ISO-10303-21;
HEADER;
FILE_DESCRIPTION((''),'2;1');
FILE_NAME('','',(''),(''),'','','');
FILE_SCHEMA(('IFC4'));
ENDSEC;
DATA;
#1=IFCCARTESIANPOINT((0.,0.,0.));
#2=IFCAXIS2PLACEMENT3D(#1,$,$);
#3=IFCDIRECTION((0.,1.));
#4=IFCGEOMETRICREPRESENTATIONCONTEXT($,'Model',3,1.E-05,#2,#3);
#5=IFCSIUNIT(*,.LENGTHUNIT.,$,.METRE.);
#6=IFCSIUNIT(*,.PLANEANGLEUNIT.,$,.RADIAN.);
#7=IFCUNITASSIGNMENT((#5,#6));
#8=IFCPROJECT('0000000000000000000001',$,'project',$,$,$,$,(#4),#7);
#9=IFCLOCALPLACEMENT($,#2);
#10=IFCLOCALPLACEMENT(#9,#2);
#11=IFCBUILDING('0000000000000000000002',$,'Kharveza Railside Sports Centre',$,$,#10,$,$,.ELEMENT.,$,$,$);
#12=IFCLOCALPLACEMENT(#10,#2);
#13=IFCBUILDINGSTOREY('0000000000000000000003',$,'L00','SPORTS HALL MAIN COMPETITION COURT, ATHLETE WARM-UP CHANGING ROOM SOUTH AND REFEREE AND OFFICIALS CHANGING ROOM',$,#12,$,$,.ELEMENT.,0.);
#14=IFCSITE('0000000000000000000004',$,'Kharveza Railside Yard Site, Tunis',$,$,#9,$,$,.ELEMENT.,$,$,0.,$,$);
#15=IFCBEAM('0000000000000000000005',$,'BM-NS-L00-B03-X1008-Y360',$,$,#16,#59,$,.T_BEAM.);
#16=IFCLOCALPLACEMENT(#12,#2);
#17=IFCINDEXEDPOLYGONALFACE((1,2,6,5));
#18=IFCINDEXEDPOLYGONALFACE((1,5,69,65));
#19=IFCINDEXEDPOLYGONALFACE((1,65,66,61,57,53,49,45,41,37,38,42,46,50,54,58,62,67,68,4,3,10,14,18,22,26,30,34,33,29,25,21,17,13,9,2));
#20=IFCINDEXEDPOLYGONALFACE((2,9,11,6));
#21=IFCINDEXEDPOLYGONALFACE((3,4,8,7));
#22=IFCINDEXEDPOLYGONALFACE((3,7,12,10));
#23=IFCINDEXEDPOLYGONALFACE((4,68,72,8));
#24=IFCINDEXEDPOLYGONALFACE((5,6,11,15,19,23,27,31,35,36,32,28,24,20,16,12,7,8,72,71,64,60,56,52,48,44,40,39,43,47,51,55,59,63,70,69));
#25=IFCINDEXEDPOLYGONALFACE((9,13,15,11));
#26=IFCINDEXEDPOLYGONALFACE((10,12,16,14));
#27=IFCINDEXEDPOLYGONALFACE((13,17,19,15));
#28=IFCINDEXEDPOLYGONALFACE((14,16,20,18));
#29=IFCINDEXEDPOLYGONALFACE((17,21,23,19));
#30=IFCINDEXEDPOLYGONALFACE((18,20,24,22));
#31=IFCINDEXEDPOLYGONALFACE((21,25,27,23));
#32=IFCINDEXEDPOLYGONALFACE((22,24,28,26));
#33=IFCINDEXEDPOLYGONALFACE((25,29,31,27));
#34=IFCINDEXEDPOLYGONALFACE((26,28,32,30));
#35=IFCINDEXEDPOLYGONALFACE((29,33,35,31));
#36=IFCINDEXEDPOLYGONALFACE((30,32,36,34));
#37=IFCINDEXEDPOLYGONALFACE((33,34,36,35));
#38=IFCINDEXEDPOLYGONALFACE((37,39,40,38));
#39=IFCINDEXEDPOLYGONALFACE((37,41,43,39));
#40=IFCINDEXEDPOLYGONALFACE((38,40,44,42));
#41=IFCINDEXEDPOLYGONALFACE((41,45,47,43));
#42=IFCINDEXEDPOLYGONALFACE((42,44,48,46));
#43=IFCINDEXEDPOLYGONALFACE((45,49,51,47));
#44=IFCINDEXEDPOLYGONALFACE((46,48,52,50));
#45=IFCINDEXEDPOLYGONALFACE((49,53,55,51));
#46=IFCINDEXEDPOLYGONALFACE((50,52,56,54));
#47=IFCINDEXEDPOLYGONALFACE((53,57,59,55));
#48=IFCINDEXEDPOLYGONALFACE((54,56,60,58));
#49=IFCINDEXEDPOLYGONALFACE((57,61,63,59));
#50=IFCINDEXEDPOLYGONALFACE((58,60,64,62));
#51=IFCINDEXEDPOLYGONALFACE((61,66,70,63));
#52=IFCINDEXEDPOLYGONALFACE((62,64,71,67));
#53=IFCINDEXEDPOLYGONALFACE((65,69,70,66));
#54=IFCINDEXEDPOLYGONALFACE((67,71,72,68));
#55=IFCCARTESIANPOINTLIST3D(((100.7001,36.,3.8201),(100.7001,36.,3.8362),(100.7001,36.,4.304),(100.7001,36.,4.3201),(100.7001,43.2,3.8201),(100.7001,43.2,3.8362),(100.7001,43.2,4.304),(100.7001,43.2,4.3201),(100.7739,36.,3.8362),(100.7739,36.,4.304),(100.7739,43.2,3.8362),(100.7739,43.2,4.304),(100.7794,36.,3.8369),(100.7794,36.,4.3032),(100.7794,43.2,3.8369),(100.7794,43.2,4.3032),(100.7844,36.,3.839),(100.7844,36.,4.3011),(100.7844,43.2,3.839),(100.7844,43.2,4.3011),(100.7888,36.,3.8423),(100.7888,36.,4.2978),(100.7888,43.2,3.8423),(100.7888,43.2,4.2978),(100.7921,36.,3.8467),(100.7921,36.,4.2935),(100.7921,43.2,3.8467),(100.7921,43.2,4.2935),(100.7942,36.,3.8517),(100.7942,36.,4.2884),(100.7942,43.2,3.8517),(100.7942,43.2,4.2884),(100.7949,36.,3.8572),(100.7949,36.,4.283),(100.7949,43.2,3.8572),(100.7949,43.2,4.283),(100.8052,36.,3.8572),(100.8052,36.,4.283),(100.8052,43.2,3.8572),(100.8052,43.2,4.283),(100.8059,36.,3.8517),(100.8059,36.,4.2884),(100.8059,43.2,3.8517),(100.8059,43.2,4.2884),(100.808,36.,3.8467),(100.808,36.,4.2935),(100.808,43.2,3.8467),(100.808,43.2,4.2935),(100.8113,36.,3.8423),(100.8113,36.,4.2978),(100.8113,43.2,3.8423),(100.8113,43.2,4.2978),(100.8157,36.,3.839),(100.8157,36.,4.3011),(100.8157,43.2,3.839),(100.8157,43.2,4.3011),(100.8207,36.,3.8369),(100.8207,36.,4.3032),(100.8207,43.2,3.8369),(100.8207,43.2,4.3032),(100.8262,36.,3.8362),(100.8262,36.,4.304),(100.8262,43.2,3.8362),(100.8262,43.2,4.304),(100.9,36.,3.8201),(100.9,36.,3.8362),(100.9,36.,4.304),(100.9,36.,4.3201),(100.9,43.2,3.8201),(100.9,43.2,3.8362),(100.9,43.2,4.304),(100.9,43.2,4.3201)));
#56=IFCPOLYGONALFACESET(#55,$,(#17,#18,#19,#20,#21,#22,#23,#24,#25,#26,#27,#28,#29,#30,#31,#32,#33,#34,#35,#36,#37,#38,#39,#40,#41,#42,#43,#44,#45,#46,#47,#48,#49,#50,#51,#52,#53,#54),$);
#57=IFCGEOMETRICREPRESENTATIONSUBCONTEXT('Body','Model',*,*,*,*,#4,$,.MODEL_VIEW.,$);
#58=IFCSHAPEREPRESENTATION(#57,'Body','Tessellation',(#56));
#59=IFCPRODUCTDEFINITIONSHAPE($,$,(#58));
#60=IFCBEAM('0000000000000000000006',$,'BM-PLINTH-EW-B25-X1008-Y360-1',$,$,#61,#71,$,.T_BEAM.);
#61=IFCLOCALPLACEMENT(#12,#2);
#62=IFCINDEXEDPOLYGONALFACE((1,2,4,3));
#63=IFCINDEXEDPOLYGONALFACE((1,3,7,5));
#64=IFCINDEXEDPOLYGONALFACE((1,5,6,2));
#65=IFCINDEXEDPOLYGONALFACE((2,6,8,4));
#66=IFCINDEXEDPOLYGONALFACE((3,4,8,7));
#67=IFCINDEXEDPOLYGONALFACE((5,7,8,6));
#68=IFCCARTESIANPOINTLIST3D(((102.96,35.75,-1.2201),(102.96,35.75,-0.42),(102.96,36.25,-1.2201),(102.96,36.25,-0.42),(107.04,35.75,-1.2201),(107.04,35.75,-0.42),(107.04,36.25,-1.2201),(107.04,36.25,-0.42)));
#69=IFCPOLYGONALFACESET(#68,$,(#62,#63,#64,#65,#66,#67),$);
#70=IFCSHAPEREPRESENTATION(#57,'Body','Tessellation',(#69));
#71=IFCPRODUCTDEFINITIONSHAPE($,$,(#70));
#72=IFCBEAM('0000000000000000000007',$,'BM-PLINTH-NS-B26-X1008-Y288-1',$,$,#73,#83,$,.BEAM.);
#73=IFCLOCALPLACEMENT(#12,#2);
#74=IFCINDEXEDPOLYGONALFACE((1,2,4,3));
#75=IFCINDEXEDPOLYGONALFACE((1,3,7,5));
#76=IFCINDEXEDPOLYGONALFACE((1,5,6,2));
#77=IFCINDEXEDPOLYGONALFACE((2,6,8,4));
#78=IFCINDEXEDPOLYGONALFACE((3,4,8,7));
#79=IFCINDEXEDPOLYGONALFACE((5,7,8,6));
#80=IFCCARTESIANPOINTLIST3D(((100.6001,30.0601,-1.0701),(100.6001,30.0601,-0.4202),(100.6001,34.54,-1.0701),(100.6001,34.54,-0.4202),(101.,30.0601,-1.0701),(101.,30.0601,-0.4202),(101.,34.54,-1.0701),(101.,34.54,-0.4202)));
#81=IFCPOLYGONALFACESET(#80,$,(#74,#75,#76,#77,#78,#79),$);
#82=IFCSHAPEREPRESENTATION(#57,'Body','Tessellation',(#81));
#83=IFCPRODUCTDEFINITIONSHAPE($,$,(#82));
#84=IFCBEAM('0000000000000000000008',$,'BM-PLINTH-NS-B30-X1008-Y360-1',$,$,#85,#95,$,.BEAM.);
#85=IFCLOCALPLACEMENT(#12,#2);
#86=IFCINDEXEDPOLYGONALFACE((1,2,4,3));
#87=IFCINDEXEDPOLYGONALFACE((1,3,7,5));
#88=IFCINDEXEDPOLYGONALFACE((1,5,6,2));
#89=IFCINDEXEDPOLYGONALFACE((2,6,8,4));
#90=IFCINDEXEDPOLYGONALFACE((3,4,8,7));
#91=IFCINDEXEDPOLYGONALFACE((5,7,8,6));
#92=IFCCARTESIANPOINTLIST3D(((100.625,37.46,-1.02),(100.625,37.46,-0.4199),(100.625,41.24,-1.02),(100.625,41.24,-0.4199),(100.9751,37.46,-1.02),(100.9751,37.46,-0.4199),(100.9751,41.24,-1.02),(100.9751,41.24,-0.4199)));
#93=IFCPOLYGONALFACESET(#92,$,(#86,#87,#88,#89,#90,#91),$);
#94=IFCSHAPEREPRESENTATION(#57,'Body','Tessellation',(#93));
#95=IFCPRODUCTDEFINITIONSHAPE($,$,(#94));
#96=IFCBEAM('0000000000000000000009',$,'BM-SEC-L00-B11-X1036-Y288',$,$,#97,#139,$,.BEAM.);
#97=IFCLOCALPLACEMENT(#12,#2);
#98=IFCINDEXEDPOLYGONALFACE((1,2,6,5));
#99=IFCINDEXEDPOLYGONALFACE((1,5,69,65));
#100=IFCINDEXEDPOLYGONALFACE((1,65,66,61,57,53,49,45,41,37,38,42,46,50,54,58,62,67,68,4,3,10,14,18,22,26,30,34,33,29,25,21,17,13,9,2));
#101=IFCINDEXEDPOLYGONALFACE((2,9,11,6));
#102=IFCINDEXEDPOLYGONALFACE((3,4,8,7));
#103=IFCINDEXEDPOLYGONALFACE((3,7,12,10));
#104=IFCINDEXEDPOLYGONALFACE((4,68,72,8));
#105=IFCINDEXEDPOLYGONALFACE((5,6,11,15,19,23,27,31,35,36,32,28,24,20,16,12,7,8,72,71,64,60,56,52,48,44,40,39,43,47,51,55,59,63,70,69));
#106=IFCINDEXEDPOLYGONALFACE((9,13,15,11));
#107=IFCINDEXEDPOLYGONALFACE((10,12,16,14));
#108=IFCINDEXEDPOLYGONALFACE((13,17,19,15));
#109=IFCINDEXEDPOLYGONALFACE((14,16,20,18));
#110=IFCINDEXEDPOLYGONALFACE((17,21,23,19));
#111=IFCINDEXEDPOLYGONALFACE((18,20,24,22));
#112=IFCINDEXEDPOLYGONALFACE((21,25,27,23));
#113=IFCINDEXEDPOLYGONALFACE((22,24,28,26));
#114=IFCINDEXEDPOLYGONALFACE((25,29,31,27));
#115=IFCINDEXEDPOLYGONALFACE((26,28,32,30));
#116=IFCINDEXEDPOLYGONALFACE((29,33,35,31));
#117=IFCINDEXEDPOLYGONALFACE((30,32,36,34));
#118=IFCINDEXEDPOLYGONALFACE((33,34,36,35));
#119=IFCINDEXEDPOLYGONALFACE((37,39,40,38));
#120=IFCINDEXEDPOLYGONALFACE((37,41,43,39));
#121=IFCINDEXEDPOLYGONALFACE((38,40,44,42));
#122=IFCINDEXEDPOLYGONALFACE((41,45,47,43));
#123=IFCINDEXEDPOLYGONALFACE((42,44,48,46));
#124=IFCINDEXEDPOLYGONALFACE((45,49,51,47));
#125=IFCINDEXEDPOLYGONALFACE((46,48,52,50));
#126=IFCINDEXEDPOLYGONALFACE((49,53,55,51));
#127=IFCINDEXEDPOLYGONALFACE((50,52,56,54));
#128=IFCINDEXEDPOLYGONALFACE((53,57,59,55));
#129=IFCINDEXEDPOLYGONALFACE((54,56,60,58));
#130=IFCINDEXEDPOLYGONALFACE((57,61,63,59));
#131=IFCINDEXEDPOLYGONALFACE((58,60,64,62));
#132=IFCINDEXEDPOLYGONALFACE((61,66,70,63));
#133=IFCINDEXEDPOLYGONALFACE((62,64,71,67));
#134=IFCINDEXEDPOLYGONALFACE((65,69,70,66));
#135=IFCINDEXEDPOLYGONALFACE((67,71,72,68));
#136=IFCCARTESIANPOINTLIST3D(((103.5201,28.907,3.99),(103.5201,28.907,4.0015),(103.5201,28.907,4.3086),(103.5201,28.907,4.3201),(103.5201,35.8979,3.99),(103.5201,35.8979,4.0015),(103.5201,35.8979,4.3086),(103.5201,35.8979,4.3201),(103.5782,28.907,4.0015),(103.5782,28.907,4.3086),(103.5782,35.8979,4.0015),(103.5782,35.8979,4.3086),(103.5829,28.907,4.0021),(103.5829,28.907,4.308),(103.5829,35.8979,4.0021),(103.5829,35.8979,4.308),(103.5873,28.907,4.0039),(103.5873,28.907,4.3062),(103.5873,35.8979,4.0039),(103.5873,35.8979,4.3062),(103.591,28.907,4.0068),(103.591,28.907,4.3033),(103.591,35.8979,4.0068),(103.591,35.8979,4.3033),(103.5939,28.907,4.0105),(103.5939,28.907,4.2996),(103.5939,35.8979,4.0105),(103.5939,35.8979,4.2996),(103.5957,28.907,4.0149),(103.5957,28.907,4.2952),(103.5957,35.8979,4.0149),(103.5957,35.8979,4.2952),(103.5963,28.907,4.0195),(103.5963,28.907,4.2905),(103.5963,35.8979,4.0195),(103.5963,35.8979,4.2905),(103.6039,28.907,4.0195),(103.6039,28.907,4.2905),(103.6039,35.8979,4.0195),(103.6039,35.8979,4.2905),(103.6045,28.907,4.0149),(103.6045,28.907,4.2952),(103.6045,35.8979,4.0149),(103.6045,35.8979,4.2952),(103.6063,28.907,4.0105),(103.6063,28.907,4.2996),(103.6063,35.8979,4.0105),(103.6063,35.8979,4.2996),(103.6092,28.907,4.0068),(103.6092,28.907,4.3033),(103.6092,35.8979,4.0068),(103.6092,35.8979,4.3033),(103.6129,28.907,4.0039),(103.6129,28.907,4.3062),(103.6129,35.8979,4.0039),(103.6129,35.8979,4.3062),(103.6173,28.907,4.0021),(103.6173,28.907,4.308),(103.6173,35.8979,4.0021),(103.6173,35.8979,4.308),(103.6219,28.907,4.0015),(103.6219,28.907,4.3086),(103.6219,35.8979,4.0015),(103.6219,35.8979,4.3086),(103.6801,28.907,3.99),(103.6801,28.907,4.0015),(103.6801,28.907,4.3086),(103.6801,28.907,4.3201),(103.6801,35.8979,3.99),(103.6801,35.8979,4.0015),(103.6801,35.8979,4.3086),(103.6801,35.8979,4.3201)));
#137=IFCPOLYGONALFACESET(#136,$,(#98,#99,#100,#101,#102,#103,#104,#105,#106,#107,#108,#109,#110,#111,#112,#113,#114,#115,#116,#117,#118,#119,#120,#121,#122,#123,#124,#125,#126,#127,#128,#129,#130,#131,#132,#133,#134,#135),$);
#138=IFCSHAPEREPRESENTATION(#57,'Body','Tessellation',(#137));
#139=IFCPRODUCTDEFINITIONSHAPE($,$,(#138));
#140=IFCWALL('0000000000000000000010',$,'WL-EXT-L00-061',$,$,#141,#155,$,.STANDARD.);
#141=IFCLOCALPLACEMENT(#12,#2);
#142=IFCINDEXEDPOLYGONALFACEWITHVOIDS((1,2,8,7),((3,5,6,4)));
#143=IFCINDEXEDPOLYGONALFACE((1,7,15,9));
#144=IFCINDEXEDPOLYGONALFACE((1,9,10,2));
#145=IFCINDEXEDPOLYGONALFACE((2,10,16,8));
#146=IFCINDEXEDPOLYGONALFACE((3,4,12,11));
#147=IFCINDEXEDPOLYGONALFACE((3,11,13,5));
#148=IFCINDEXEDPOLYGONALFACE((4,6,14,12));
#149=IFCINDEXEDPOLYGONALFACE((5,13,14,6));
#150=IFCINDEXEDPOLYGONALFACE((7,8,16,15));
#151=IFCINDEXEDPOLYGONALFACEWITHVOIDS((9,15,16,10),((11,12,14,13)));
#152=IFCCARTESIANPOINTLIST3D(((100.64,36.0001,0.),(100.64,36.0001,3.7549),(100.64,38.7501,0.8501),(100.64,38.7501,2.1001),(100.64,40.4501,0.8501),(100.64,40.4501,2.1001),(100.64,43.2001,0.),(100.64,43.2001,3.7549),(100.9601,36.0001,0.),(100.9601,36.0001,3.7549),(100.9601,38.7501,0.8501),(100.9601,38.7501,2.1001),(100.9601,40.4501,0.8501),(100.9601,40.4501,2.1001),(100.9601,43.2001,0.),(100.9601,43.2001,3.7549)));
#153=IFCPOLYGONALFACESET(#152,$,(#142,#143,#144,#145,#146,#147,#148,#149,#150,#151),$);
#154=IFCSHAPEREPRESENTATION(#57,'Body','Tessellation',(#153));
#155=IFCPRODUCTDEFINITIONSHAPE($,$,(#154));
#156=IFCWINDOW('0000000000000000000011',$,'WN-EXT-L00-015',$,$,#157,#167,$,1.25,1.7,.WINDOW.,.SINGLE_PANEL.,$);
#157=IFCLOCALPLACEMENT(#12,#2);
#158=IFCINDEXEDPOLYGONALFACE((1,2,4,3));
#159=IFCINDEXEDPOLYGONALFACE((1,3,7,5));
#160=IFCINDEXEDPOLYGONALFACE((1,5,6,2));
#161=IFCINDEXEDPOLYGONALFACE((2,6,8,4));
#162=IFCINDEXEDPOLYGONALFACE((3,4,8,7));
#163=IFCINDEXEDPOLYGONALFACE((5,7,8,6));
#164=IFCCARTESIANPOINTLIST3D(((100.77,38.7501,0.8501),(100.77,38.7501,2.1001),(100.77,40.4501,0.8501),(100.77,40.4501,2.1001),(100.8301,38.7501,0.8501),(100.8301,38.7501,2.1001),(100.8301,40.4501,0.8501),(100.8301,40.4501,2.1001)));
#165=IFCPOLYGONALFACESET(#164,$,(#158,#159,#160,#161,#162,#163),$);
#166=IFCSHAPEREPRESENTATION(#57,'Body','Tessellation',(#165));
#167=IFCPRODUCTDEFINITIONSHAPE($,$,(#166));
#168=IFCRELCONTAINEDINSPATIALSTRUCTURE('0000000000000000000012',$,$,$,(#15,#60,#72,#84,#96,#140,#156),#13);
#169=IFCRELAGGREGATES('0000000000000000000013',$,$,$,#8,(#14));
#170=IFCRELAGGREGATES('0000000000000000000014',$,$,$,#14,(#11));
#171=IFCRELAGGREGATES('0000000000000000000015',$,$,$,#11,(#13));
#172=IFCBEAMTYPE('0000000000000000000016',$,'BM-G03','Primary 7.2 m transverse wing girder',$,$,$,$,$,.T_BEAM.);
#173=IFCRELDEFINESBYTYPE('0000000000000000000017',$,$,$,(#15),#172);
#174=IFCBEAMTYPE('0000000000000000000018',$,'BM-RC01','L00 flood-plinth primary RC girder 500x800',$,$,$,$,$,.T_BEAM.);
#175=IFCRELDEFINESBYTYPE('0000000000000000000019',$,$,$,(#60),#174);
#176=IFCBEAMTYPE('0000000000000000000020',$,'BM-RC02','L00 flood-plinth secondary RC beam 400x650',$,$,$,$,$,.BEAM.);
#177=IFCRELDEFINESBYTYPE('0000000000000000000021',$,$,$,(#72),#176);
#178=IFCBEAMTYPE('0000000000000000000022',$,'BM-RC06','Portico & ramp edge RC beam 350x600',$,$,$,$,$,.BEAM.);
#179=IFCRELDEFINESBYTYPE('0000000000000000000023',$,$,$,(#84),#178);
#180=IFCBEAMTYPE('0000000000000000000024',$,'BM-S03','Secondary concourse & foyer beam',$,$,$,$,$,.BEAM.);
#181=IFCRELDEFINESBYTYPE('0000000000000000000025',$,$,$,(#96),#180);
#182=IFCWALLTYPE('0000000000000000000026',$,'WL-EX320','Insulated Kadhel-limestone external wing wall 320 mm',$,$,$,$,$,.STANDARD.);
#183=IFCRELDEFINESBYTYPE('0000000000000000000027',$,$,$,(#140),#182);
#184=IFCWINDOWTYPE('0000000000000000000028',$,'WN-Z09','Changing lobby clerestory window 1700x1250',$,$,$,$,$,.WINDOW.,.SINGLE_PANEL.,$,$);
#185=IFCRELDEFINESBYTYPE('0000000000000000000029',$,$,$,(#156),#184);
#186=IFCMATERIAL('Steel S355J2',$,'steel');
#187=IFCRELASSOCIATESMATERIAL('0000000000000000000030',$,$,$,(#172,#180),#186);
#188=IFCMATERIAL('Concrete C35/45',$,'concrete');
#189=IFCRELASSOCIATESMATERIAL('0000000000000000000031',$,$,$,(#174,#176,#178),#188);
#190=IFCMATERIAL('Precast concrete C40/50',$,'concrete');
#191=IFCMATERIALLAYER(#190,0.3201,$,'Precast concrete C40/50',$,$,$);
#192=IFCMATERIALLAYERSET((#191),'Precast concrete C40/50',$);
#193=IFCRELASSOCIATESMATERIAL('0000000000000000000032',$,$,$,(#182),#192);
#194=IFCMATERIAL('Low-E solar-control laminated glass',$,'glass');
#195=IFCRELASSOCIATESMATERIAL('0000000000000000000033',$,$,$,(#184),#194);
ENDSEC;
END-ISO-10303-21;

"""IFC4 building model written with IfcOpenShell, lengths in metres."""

from ifc_helpers import new_model, si_unit, direction, frame, frame_2d, origin, origin_2d, place, context, subcontext, project, spatial, rectangle, i_section, extrude, material, layer, layer_set, material_profile, profile_set, type_object, element, fill, save


model = new_model("IFC4")

# Units and contexts
model_context = context("Model", 3, precision=1e-05, world=origin(), true_north=direction((0.0, 1.0)))
body_context = subcontext(model_context, "Body", "Model", "MODEL_VIEW")
ifc_project = project(units=[si_unit("LENGTHUNIT", "METRE"), si_unit("PLANEANGLEUNIT", "RADIAN")], contexts=[model_context])

# Site, building, storey
site_placement = place(None, origin())
site = spatial("IfcSite", under=ifc_project, at=site_placement, Name="Kharveza Railside Yard Site, Tunis", CompositionType="ELEMENT", RefElevation=0.0)
building_placement = place(site_placement, origin())
building = spatial("IfcBuilding", under=site, at=building_placement, Name="Kharveza Railside Sports Centre", CompositionType="ELEMENT")
storey_placement = place(building_placement, origin())
storey = spatial("IfcBuildingStorey", under=building, at=storey_placement, Name="L00", Description="SPORTS HALL MAIN COMPETITION COURT, ATHLETE WARM-UP CHANGING ROOM SOUTH AND REFEREE AND OFFICIALS CHANGING ROOM", CompositionType="ELEMENT", Elevation=0.0)

# Shared definitions
ifc_material_1 = material(Name="Concrete C35/45", Category="concrete")

# Shared definitions
ifc_material_2 = material(Name="Steel S355J2", Category="steel")

# Beams
ifc_material_profile_1 = material_profile(ifc_material_2, i_section(OverallWidth=0.2, OverallDepth=0.5, WebThickness=0.0103, FlangeThickness=0.0161, FilletRadius=0.021, at=origin_2d()), Name="IPE 500")
ifc_profile_set_1 = profile_set([ifc_material_profile_1], Name="Steel S355J2")
beam_type_1 = type_object("IfcBeamType", Name="BM-G03", Description="Primary 7.2 m transverse wing girder", PredefinedType="T_BEAM", material=ifc_profile_set_1)
beam_1_placement = place(storey_placement, frame((100.8, 36.0, 4.0701), z_axis=(0.0, 1.0, 0.0), x_axis=(-1.0, 0.0, 0.0)))
element("IfcBeam", 1, at=beam_1_placement, inside=storey, type_object=beam_type_1, Name="BM-NS-L00-B03-X1008-Y360", PredefinedType="T_BEAM", context=body_context, shape_type="SweptSolid", body=[
    extrude(i_section(OverallWidth=0.2, OverallDepth=0.5, WebThickness=0.0103, FlangeThickness=0.0161, FilletRadius=0.021, at=origin_2d()), origin(), (0.0, 0.0, 1.0), 7.2),
])
ifc_material_profile_2 = material_profile(ifc_material_1, rectangle(XDim=0.5, YDim=0.8, at=origin_2d()), Name="RCB 500x800")
ifc_profile_set_2 = profile_set([ifc_material_profile_2], Name="Concrete C35/45")
beam_type_2 = type_object("IfcBeamType", Name="BM-RC01", Description="L00 flood-plinth primary RC girder 500x800", PredefinedType="T_BEAM", material=ifc_profile_set_2)
beam_2_placement = place(storey_placement, frame((102.96, 36.0, -0.8201), z_axis=(1.0, 0.0, 0.0), x_axis=(0.0, 1.0, 0.0)))
element("IfcBeam", 2, at=beam_2_placement, inside=storey, type_object=beam_type_2, Name="BM-PLINTH-EW-B25-X1008-Y360-1", PredefinedType="T_BEAM", context=body_context, shape_type="SweptSolid", body=[
    extrude(rectangle(XDim=0.5, YDim=0.8, at=origin_2d()), origin(), (0.0, 0.0, 1.0), 4.0801),
])
ifc_material_profile_3 = material_profile(ifc_material_1, rectangle(XDim=0.3999, YDim=0.6499, at=origin_2d()), Name="RCB 400x650")
ifc_profile_set_3 = profile_set([ifc_material_profile_3], Name="Concrete C35/45")
beam_type_3 = type_object("IfcBeamType", Name="BM-RC02", Description="L00 flood-plinth secondary RC beam 400x650", PredefinedType="BEAM", material=ifc_profile_set_3)
beam_3_placement = place(storey_placement, frame((100.8, 30.0601, -0.7451), z_axis=(0.0, 1.0, 0.0), x_axis=(-1.0, 0.0, 0.0)))
element("IfcBeam", 3, at=beam_3_placement, inside=storey, type_object=beam_type_3, Name="BM-PLINTH-NS-B26-X1008-Y288-1", PredefinedType="BEAM", context=body_context, shape_type="SweptSolid", body=[
    extrude(rectangle(XDim=0.3999, YDim=0.6499, at=origin_2d()), origin(), (0.0, 0.0, 1.0), 4.48),
])
ifc_material_profile_4 = material_profile(ifc_material_1, rectangle(XDim=0.3501, YDim=0.6001, at=origin_2d()), Name="RCB 350x600")
ifc_profile_set_4 = profile_set([ifc_material_profile_4], Name="Concrete C35/45")
beam_type_4 = type_object("IfcBeamType", Name="BM-RC06", Description="Portico & ramp edge RC beam 350x600", PredefinedType="BEAM", material=ifc_profile_set_4)
beam_4_placement = place(storey_placement, frame((100.8, 37.46, -0.72), z_axis=(0.0, 1.0, 0.0), x_axis=(-1.0, 0.0, 0.0)))
element("IfcBeam", 4, at=beam_4_placement, inside=storey, type_object=beam_type_4, Name="BM-PLINTH-NS-B30-X1008-Y360-1", PredefinedType="BEAM", context=body_context, shape_type="SweptSolid", body=[
    extrude(rectangle(XDim=0.3501, YDim=0.6001, at=origin_2d()), origin(), (0.0, 0.0, 1.0), 3.78),
])
ifc_material_profile_5 = material_profile(ifc_material_2, i_section(OverallWidth=0.1599, OverallDepth=0.3301, WebThickness=0.0076, FlangeThickness=0.0115, FilletRadius=0.0181, at=origin_2d()), Name="IPE 330")
ifc_profile_set_5 = profile_set([ifc_material_profile_5], Name="Steel S355J2")
beam_type_5 = type_object("IfcBeamType", Name="BM-S03", Description="Secondary concourse & foyer beam", PredefinedType="BEAM", material=ifc_profile_set_5)
beam_5_placement = place(storey_placement, frame((103.6001, 28.907, 4.155), z_axis=(0.0, 1.0, 0.0), x_axis=(-1.0, 0.0, 0.0)))
element("IfcBeam", 5, at=beam_5_placement, inside=storey, type_object=beam_type_5, Name="BM-SEC-L00-B11-X1036-Y288", PredefinedType="BEAM", context=body_context, shape_type="SweptSolid", body=[
    extrude(i_section(OverallWidth=0.1599, OverallDepth=0.3301, WebThickness=0.0076, FlangeThickness=0.0115, FilletRadius=0.0181, at=origin_2d()), origin(), (0.0, 0.0, 1.0), 6.991),
])

# Wall, opening, window
ifc_material_3 = material(Name="Precast concrete C40/50", Category="concrete")
ifc_layer = layer(ifc_material_3, 0.3201, Name="Precast concrete C40/50")
ifc_layer_set = layer_set([ifc_layer], Name="Precast concrete C40/50")
wall_type = type_object("IfcWallType", Name="WL-EX320", Description="Insulated Kadhel-limestone external wing wall 320 mm", PredefinedType="STANDARD", material=ifc_layer_set)
wall_1_placement = place(storey_placement, frame((100.8, 36.0, 0.0), z_axis=(0.0, 0.0, 1.0), x_axis=(0.0, 1.0, 0.0)))
wall_1 = element("IfcWall", 6, at=wall_1_placement, inside=storey, type_object=wall_type, Name="WL-EXT-L00-061", PredefinedType="STANDARD", context=body_context, shape_type="SweptSolid", body=[
    extrude(rectangle(XDim=7.2, YDim=0.3201, at=frame_2d((3.6001, 0.0))), origin(), (0.0, 0.0, 1.0), 3.7549),
])
opening_1_placement = place(wall_1_placement, frame((2.75, 0.0, 0.8501)))
opening_1 = element("IfcOpeningElement", 7, at=opening_1_placement, cuts=wall_1, PredefinedType="OPENING", context=body_context, shape_type="SweptSolid", body=[
    extrude(rectangle(XDim=1.7, YDim=1.25, at=frame_2d((0.8501, 0.625))), frame((0.0, 0.1851, 0.0), z_axis=(0.0, -1.0, 0.0), x_axis=(1.0, 0.0, 0.0)), (0.0, 0.0, 1.0), 0.3699),
])
ifc_material_4 = material(Name="Low-E solar-control laminated glass", Category="glass")
window_type_1 = type_object("IfcWindowType", Name="WN-Z09", Description="Changing lobby clerestory window 1700x1250", PartitioningType="SINGLE_PANEL", PredefinedType="WINDOW", material=ifc_material_4)
window_1_placement = place(opening_1_placement, origin())
window_1 = element("IfcWindow", 8, at=window_1_placement, inside=storey, type_object=window_type_1, Name="WN-EXT-L00-015", OverallHeight=1.25, OverallWidth=1.7, PartitioningType="SINGLE_PANEL", PredefinedType="WINDOW", context=body_context, shape_type="SweptSolid", body=[
    extrude(rectangle(XDim=1.7, YDim=1.25, at=frame_2d((0.8501, 0.625))), frame((0.0, 0.03, 0.0), z_axis=(0.0, -1.0, 0.0), x_axis=(1.0, 0.0, 0.0)), (0.0, 0.0, 1.0), 0.0601),
])
fill(opening_1, window_1)

save(model, "model.ifc")
